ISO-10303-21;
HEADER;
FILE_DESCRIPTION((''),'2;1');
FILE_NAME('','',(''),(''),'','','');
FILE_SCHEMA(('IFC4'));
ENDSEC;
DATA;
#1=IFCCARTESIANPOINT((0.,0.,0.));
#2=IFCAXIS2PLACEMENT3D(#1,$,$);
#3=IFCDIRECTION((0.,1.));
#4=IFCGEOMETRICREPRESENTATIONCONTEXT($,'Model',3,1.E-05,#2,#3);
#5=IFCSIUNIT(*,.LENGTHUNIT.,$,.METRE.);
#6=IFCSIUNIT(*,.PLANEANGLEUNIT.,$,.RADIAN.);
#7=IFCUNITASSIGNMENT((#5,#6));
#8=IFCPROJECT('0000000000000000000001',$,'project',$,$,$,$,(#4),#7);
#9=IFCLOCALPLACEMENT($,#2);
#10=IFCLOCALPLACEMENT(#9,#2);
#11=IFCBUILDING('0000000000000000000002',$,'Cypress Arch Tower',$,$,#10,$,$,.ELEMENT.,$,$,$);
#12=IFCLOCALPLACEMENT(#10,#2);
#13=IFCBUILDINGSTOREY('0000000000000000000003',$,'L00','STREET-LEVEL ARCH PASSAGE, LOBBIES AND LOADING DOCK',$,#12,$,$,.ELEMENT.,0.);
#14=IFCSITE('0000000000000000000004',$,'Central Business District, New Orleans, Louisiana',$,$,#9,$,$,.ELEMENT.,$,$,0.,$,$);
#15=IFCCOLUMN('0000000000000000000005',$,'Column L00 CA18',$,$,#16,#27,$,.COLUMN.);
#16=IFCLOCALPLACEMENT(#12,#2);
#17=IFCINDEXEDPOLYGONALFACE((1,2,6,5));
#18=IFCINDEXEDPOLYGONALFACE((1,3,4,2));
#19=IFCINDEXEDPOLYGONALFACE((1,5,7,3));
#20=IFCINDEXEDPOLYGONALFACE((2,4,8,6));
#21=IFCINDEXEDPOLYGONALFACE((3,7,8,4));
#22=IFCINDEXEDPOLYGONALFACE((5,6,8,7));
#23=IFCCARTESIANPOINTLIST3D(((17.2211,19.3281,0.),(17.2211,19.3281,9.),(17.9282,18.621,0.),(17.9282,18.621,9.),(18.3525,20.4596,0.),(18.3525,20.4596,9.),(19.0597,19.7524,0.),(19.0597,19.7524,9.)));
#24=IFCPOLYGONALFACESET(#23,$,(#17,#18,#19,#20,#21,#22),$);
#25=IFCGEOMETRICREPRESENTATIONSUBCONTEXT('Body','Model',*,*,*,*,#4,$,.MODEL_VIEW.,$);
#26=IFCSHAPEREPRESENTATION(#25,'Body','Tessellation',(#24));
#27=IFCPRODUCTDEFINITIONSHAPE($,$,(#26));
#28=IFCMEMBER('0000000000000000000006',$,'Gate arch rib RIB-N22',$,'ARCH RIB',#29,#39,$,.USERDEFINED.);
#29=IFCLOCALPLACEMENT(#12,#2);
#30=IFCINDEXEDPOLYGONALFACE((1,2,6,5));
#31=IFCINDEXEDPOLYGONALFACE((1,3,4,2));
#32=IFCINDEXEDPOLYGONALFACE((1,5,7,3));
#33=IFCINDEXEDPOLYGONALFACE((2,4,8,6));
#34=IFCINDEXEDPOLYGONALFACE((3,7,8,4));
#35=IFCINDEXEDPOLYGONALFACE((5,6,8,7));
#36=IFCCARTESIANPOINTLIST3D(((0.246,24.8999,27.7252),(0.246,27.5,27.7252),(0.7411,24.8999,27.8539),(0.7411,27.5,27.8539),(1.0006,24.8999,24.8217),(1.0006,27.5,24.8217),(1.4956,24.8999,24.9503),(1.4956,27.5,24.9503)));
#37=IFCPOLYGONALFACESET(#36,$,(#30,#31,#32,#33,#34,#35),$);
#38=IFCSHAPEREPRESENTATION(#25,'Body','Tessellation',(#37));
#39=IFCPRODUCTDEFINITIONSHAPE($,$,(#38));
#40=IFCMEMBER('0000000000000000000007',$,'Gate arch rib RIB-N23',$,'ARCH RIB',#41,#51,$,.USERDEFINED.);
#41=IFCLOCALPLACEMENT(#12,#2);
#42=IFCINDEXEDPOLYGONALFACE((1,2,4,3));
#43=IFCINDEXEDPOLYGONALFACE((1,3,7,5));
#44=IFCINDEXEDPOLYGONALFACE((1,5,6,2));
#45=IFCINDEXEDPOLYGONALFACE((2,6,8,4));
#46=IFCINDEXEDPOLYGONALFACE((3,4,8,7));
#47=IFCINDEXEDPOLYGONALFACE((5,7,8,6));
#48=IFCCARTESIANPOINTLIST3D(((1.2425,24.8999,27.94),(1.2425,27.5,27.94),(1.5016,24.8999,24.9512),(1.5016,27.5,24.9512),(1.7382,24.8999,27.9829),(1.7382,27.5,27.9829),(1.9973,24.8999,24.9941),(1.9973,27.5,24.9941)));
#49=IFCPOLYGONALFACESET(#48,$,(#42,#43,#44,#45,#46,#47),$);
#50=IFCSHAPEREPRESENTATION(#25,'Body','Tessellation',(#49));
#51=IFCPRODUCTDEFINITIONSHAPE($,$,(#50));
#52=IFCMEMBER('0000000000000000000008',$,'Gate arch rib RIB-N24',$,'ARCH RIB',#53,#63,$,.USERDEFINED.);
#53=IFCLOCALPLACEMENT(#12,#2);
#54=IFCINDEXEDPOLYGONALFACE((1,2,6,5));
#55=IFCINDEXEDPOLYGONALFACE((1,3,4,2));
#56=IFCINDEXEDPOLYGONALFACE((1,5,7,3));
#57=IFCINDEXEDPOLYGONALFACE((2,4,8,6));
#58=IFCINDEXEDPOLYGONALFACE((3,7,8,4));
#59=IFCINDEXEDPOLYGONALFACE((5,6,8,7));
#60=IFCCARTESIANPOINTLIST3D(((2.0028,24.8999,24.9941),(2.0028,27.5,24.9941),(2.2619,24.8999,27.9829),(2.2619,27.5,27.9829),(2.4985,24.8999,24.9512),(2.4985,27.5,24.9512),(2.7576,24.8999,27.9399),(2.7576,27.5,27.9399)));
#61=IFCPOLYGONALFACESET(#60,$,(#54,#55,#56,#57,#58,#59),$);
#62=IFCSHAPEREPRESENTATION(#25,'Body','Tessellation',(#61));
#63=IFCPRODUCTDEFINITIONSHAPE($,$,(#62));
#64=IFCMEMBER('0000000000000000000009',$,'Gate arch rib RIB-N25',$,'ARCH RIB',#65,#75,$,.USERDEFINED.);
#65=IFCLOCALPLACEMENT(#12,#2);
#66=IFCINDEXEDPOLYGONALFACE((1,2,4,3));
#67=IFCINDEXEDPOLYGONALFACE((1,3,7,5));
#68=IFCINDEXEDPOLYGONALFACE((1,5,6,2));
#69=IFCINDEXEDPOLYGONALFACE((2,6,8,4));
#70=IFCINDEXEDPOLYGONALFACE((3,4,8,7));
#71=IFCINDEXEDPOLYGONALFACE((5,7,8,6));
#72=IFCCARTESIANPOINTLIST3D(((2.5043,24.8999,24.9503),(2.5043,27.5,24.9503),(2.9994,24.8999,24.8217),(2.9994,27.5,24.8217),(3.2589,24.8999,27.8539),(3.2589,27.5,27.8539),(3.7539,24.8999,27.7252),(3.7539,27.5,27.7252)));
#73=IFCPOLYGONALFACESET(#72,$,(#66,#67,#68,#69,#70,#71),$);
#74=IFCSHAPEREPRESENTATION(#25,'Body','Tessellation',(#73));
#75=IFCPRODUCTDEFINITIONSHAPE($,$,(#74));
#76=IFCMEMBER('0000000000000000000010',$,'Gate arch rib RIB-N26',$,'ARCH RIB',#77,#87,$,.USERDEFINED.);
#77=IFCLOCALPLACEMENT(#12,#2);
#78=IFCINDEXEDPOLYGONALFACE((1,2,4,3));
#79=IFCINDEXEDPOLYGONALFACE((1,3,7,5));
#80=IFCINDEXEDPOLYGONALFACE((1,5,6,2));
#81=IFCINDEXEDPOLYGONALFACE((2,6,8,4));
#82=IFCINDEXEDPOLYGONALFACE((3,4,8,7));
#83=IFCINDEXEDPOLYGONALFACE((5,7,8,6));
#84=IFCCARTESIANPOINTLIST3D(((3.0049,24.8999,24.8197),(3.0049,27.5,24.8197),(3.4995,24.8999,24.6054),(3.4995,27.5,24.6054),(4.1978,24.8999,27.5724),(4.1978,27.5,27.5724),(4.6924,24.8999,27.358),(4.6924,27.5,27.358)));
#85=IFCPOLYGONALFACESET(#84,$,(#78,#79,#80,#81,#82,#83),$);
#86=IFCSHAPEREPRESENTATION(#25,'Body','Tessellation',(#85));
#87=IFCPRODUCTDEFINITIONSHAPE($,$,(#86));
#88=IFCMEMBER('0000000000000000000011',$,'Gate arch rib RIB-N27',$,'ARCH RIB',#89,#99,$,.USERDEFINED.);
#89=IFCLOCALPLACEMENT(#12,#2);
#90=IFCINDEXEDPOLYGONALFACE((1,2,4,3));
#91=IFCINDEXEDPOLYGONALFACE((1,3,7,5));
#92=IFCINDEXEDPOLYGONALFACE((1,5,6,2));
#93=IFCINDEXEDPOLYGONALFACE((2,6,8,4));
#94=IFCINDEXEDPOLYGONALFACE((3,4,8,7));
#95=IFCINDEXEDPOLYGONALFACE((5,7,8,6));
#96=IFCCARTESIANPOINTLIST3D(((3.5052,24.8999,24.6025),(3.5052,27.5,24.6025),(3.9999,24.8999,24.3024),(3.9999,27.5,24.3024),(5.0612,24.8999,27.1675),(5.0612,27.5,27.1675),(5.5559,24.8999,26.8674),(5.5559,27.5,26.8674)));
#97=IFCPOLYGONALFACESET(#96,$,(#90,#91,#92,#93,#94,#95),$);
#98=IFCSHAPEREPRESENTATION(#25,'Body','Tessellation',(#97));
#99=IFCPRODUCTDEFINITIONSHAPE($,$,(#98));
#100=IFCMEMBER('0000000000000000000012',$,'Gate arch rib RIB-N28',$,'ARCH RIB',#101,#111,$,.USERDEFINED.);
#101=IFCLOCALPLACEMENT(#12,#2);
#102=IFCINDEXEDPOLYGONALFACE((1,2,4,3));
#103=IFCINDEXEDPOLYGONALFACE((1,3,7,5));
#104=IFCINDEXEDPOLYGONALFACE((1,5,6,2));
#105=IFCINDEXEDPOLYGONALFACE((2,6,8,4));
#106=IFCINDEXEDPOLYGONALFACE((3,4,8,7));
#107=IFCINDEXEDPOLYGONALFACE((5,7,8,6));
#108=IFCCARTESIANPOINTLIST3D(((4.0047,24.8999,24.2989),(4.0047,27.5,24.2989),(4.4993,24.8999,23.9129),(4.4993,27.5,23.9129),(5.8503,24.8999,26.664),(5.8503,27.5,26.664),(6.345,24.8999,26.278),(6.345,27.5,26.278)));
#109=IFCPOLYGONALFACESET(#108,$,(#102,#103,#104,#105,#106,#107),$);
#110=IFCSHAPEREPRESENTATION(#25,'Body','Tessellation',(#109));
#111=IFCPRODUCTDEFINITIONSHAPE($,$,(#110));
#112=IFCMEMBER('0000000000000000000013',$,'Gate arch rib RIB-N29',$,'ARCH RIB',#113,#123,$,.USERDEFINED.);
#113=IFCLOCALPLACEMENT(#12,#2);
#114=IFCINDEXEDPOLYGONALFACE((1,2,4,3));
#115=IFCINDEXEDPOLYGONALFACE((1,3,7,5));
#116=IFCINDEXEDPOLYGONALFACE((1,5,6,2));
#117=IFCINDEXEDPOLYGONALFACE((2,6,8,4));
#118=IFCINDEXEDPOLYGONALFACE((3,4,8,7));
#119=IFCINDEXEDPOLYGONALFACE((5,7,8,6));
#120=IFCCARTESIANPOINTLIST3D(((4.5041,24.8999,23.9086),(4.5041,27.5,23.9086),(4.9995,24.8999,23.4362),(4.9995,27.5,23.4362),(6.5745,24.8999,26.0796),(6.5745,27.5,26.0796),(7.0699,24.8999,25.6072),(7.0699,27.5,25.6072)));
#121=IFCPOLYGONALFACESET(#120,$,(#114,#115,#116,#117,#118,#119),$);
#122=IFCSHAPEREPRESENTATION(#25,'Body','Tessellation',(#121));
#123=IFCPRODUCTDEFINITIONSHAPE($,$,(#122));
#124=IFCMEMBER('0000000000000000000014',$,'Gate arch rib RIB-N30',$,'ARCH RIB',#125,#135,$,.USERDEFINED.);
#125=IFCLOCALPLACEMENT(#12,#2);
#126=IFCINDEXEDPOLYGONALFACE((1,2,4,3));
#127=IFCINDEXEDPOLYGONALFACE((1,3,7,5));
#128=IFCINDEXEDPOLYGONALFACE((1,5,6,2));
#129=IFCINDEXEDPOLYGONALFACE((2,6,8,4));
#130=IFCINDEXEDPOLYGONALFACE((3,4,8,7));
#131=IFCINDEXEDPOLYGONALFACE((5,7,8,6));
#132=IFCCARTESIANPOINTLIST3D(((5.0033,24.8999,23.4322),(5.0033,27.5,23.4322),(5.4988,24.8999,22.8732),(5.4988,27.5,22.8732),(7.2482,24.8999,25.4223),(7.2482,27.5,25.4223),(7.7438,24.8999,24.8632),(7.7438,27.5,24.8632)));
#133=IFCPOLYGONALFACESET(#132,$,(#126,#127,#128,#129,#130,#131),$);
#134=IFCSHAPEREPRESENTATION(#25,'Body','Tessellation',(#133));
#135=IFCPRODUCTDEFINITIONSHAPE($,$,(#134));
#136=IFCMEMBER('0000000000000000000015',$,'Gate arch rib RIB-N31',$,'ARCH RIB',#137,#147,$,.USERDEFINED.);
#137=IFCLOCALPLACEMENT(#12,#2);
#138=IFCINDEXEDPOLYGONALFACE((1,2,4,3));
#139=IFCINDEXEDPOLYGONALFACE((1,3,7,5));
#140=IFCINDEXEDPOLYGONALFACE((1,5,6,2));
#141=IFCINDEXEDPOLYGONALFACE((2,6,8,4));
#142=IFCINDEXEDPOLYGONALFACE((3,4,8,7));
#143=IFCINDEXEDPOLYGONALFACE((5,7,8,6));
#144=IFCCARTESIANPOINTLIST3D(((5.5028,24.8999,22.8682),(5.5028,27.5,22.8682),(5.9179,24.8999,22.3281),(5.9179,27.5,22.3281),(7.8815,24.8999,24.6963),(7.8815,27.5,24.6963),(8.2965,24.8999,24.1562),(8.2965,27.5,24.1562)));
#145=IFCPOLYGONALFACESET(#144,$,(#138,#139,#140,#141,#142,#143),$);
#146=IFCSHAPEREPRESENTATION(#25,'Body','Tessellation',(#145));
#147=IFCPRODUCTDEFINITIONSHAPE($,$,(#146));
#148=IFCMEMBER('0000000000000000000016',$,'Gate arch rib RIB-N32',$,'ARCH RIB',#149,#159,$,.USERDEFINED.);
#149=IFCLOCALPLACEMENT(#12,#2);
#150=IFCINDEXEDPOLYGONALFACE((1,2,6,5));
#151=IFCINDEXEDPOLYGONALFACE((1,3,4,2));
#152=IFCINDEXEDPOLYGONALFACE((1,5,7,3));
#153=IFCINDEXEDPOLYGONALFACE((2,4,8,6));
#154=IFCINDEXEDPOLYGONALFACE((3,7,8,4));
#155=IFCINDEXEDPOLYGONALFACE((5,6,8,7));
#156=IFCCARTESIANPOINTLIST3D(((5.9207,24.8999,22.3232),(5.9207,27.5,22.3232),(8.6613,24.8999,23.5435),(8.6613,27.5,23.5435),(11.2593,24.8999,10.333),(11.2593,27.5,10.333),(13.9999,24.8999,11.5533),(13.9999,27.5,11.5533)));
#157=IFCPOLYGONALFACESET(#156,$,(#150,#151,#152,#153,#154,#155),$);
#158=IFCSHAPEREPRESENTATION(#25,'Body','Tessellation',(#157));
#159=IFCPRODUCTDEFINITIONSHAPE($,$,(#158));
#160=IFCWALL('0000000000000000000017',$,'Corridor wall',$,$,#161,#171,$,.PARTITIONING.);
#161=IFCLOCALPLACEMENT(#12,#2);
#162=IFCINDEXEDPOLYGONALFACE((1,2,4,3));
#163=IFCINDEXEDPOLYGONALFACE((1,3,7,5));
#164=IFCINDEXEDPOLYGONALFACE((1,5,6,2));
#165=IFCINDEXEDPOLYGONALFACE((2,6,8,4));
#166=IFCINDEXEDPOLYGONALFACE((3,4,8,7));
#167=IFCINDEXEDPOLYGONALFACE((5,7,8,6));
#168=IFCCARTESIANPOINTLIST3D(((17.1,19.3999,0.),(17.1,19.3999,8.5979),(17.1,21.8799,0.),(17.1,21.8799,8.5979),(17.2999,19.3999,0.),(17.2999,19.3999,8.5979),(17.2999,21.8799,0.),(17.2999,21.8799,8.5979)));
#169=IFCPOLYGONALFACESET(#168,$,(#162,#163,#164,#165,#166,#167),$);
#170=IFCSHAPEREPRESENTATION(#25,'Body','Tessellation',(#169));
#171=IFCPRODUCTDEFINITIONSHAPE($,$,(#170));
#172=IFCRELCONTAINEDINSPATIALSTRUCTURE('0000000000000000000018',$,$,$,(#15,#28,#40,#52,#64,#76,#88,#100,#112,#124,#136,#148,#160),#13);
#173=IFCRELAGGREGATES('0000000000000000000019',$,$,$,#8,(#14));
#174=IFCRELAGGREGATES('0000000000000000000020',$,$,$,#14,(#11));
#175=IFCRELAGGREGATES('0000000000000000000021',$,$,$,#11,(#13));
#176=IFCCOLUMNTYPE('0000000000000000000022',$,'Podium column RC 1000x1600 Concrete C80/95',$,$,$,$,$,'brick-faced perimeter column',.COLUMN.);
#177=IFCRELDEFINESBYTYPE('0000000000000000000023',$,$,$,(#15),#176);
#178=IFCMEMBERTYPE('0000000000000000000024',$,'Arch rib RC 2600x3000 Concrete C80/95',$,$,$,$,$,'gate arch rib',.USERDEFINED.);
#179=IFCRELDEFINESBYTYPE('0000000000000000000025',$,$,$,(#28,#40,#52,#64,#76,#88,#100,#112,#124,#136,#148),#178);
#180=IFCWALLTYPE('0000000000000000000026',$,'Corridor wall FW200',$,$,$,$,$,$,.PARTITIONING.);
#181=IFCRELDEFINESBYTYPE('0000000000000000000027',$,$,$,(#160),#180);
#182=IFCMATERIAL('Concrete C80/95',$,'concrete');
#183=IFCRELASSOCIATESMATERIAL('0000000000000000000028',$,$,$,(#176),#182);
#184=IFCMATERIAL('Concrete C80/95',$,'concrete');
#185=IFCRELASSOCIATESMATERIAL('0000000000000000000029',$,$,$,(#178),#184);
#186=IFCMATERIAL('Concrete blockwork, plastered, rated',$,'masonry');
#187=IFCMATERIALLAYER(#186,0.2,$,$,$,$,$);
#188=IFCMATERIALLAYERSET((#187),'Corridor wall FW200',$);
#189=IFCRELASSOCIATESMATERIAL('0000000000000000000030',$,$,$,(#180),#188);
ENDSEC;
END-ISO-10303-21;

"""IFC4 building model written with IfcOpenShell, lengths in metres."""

from ifc_helpers import new_model, si_unit, direction, frame, frame_2d, origin, origin_2d, place, context, subcontext, project, spatial, rectangle, extrude, material, layer, layer_set, material_profile, profile_set, type_object, element, save


model = new_model("IFC4")

# Units and contexts
model_context = context("Model", 3, precision=1e-05, world=origin(), true_north=direction((0.0, 1.0)))
body_context = subcontext(model_context, "Body", "Model", "MODEL_VIEW")
ifc_project = project(units=[si_unit("LENGTHUNIT", "METRE"), si_unit("PLANEANGLEUNIT", "RADIAN")], contexts=[model_context])

# Site, building, storey
site_placement = place(None, origin())
site = spatial("IfcSite", under=ifc_project, at=site_placement, Name="Central Business District, New Orleans, Louisiana", CompositionType="ELEMENT", RefElevation=0.0)
building_placement = place(site_placement, origin())
building = spatial("IfcBuilding", under=site, at=building_placement, Name="Cypress Arch Tower", CompositionType="ELEMENT")
storey_placement = place(building_placement, origin())
storey = spatial("IfcBuildingStorey", under=building, at=storey_placement, Name="L00", Description="STREET-LEVEL ARCH PASSAGE, LOBBIES AND LOADING DOCK", CompositionType="ELEMENT", Elevation=0.0)

# Column
ifc_material_1 = material(Name="Concrete C80/95", Category="concrete")
ifc_material_profile_1 = material_profile(ifc_material_1, rectangle(XDim=1.0, YDim=1.6001, at=origin_2d()), Name="RC 1000x1600")
ifc_profile_set_1 = profile_set([ifc_material_profile_1], Name="Concrete C80/95")
column_type = type_object("IfcColumnType", Name="Podium column RC 1000x1600 Concrete C80/95", ElementType="brick-faced perimeter column", PredefinedType="COLUMN", material=ifc_profile_set_1)
column_placement = place(storey_placement, frame((18.1404, 19.5403, 0.0), z_axis=(0.0, 0.0, 1.0), x_axis=(-0.707107, 0.707107, 0.0)))
element("IfcColumn", 1, at=column_placement, inside=storey, type_object=column_type, Name="Column L00 CA18", PredefinedType="COLUMN", context=body_context, shape_type="SweptSolid", body=[
    extrude(rectangle(XDim=1.0, YDim=1.6001, at=origin_2d()), origin(), (0.0, 0.0, 1.0), 9.0),
])

# Members
ifc_material_2 = material(Name="Concrete C80/95", Category="concrete")
ifc_material_profile_2 = material_profile(ifc_material_2, rectangle(XDim=2.6001, YDim=3.0, at=origin_2d()), Name="RC 2600x3000")
ifc_profile_set_2 = profile_set([ifc_material_profile_2], Name="Concrete C80/95")
member_type = type_object("IfcMemberType", Name="Arch rib RC 2600x3000 Concrete C80/95", ElementType="gate arch rib", PredefinedType="USERDEFINED", material=ifc_profile_set_2)
member_1_placement = place(storey_placement, frame((0.6233, 26.2, 26.2734), z_axis=(0.967855, 0.0, 0.251509), x_axis=(0.0, 1.0, 0.0)))
element("IfcMember", 2, at=member_1_placement, inside=storey, type_object=member_type, Name="Gate arch rib RIB-N22", ObjectType="ARCH RIB", PredefinedType="USERDEFINED", context=body_context, shape_type="SweptSolid", body=[
    extrude(rectangle(XDim=2.6001, YDim=3.0, at=origin_2d()), origin(), (0.0, 0.0, 1.0), 0.5115),
])
for number, where, z_axis, x_axis, name in (
    (3, (1.3721, 26.2, 26.4456), (0.996263, 0.0, 0.086375), (0.0, 1.0, 0.0), "Gate arch rib RIB-N23"),
    (4, (2.1323, 26.2, 26.4885), (0.996263, 0.0, -0.086375), (0.0, 1.0, 0.0), "Gate arch rib RIB-N24"),
):
    element("IfcMember", number, at=place(storey_placement, frame(where, z_axis=z_axis, x_axis=x_axis)), inside=storey, type_object=member_type, Name=name, ObjectType="ARCH RIB", PredefinedType="USERDEFINED", context=body_context, shape_type="SweptSolid", body=[
        extrude(rectangle(XDim=2.6001, YDim=3.0, at=origin_2d()), origin(), (0.0, 0.0, 1.0), 0.4976),
    ])
member_2_placement = place(storey_placement, frame((2.8816, 26.2, 26.4021), z_axis=(0.967855, 0.0, -0.251509), x_axis=(0.0, 1.0, 0.0)))
element("IfcMember", 5, at=member_2_placement, inside=storey, type_object=member_type, Name="Gate arch rib RIB-N25", ObjectType="ARCH RIB", PredefinedType="USERDEFINED", context=body_context, shape_type="SweptSolid", body=[
    extrude(rectangle(XDim=2.6001, YDim=3.0, at=origin_2d()), origin(), (0.0, 0.0, 1.0), 0.5115),
])
member_3_placement = place(storey_placement, frame((3.6013, 26.2, 26.196), z_axis=(0.917545, 0.0, -0.397633), x_axis=(0.0, 1.0, 0.0)))
element("IfcMember", 6, at=member_3_placement, inside=storey, type_object=member_type, Name="Gate arch rib RIB-N26", ObjectType="ARCH RIB", PredefinedType="USERDEFINED", context=body_context, shape_type="SweptSolid", body=[
    extrude(rectangle(XDim=2.6001, YDim=3.0, at=origin_2d()), origin(), (0.0, 0.0, 1.0), 0.5391),
])
member_4_placement = place(storey_placement, frame((4.2832, 26.2, 25.885), z_axis=(0.854988, 0.0, -0.518648), x_axis=(0.0, 1.0, 0.0)))
element("IfcMember", 7, at=member_4_placement, inside=storey, type_object=member_type, Name="Gate arch rib RIB-N27", ObjectType="ARCH RIB", PredefinedType="USERDEFINED", context=body_context, shape_type="SweptSolid", body=[
    extrude(rectangle(XDim=2.6001, YDim=3.0, at=origin_2d()), origin(), (0.0, 0.0, 1.0), 0.5786),
])
member_5_placement = place(storey_placement, frame((4.9275, 26.2, 25.4814), z_axis=(0.788366, 0.0, -0.615206), x_axis=(0.0, 1.0, 0.0)))
element("IfcMember", 8, at=member_5_placement, inside=storey, type_object=member_type, Name="Gate arch rib RIB-N28", ObjectType="ARCH RIB", PredefinedType="USERDEFINED", context=body_context, shape_type="SweptSolid", body=[
    extrude(rectangle(XDim=2.6001, YDim=3.0, at=origin_2d()), origin(), (0.0, 0.0, 1.0), 0.6274),
])
member_6_placement = place(storey_placement, frame((5.5393, 26.2, 24.9941), z_axis=(0.723671, 0.0, -0.690145), x_axis=(0.0, 1.0, 0.0)))
element("IfcMember", 9, at=member_6_placement, inside=storey, type_object=member_type, Name="Gate arch rib RIB-N29", ObjectType="ARCH RIB", PredefinedType="USERDEFINED", context=body_context, shape_type="SweptSolid", body=[
    extrude(rectangle(XDim=2.6001, YDim=3.0, at=origin_2d()), origin(), (0.0, 0.0, 1.0), 0.6846),
])
member_7_placement = place(storey_placement, frame((6.1257, 26.2, 24.4272), z_axis=(0.663349, 0.0, -0.74831), x_axis=(0.0, 1.0, 0.0)))
element("IfcMember", 10, at=member_7_placement, inside=storey, type_object=member_type, Name="Gate arch rib RIB-N30", ObjectType="ARCH RIB", PredefinedType="USERDEFINED", context=body_context, shape_type="SweptSolid", body=[
    extrude(rectangle(XDim=2.6001, YDim=3.0, at=origin_2d()), origin(), (0.0, 0.0, 1.0), 0.7471),
])
member_8_placement = place(storey_placement, frame((6.6921, 26.2, 23.7822), z_axis=(0.609364, 0.0, -0.79289), x_axis=(0.0, 1.0, 0.0)))
element("IfcMember", 11, at=member_8_placement, inside=storey, type_object=member_type, Name="Gate arch rib RIB-N31", ObjectType="ARCH RIB", PredefinedType="USERDEFINED", context=body_context, shape_type="SweptSolid", body=[
    extrude(rectangle(XDim=2.6001, YDim=3.0, at=origin_2d()), origin(), (0.0, 0.0, 1.0), 0.6812),
])
member_9_placement = place(storey_placement, frame((7.291, 26.2, 22.9333), z_axis=(0.406751, 0.0, -0.913539), x_axis=(0.0, 1.0, 0.0)))
element("IfcMember", 12, at=member_9_placement, inside=storey, type_object=member_type, Name="Gate arch rib RIB-N32", ObjectType="ARCH RIB", PredefinedType="USERDEFINED", context=body_context, shape_type="SweptSolid", body=[
    extrude(rectangle(XDim=2.6001, YDim=3.0, at=origin_2d()), origin(), (0.0, 0.0, 1.0), 13.125),
])

# Wall
ifc_material_3 = material(Name="Concrete blockwork, plastered, rated", Category="masonry")
ifc_layer_1 = layer(ifc_material_3, 0.2)
ifc_layer_set_1 = layer_set([ifc_layer_1], Name="Corridor wall FW200")
wall_type_1 = type_object("IfcWallType", Name="Corridor wall FW200", PredefinedType="PARTITIONING", material=ifc_layer_set_1)
wall_1_placement = place(storey_placement, frame((17.2, 19.3999, 0.0), z_axis=(0.0, 0.0, 1.0), x_axis=(0.0, 1.0, 0.0)))
element("IfcWall", 13, at=wall_1_placement, inside=storey, type_object=wall_type_1, Name="Corridor wall", PredefinedType="PARTITIONING", context=body_context, shape_type="SweptSolid", body=[
    extrude(rectangle(XDim=2.48, YDim=0.2, at=frame_2d((1.24, 0.0))), origin(), (0.0, 0.0, 1.0), 8.5979),
])

save(model, "model.ifc")
